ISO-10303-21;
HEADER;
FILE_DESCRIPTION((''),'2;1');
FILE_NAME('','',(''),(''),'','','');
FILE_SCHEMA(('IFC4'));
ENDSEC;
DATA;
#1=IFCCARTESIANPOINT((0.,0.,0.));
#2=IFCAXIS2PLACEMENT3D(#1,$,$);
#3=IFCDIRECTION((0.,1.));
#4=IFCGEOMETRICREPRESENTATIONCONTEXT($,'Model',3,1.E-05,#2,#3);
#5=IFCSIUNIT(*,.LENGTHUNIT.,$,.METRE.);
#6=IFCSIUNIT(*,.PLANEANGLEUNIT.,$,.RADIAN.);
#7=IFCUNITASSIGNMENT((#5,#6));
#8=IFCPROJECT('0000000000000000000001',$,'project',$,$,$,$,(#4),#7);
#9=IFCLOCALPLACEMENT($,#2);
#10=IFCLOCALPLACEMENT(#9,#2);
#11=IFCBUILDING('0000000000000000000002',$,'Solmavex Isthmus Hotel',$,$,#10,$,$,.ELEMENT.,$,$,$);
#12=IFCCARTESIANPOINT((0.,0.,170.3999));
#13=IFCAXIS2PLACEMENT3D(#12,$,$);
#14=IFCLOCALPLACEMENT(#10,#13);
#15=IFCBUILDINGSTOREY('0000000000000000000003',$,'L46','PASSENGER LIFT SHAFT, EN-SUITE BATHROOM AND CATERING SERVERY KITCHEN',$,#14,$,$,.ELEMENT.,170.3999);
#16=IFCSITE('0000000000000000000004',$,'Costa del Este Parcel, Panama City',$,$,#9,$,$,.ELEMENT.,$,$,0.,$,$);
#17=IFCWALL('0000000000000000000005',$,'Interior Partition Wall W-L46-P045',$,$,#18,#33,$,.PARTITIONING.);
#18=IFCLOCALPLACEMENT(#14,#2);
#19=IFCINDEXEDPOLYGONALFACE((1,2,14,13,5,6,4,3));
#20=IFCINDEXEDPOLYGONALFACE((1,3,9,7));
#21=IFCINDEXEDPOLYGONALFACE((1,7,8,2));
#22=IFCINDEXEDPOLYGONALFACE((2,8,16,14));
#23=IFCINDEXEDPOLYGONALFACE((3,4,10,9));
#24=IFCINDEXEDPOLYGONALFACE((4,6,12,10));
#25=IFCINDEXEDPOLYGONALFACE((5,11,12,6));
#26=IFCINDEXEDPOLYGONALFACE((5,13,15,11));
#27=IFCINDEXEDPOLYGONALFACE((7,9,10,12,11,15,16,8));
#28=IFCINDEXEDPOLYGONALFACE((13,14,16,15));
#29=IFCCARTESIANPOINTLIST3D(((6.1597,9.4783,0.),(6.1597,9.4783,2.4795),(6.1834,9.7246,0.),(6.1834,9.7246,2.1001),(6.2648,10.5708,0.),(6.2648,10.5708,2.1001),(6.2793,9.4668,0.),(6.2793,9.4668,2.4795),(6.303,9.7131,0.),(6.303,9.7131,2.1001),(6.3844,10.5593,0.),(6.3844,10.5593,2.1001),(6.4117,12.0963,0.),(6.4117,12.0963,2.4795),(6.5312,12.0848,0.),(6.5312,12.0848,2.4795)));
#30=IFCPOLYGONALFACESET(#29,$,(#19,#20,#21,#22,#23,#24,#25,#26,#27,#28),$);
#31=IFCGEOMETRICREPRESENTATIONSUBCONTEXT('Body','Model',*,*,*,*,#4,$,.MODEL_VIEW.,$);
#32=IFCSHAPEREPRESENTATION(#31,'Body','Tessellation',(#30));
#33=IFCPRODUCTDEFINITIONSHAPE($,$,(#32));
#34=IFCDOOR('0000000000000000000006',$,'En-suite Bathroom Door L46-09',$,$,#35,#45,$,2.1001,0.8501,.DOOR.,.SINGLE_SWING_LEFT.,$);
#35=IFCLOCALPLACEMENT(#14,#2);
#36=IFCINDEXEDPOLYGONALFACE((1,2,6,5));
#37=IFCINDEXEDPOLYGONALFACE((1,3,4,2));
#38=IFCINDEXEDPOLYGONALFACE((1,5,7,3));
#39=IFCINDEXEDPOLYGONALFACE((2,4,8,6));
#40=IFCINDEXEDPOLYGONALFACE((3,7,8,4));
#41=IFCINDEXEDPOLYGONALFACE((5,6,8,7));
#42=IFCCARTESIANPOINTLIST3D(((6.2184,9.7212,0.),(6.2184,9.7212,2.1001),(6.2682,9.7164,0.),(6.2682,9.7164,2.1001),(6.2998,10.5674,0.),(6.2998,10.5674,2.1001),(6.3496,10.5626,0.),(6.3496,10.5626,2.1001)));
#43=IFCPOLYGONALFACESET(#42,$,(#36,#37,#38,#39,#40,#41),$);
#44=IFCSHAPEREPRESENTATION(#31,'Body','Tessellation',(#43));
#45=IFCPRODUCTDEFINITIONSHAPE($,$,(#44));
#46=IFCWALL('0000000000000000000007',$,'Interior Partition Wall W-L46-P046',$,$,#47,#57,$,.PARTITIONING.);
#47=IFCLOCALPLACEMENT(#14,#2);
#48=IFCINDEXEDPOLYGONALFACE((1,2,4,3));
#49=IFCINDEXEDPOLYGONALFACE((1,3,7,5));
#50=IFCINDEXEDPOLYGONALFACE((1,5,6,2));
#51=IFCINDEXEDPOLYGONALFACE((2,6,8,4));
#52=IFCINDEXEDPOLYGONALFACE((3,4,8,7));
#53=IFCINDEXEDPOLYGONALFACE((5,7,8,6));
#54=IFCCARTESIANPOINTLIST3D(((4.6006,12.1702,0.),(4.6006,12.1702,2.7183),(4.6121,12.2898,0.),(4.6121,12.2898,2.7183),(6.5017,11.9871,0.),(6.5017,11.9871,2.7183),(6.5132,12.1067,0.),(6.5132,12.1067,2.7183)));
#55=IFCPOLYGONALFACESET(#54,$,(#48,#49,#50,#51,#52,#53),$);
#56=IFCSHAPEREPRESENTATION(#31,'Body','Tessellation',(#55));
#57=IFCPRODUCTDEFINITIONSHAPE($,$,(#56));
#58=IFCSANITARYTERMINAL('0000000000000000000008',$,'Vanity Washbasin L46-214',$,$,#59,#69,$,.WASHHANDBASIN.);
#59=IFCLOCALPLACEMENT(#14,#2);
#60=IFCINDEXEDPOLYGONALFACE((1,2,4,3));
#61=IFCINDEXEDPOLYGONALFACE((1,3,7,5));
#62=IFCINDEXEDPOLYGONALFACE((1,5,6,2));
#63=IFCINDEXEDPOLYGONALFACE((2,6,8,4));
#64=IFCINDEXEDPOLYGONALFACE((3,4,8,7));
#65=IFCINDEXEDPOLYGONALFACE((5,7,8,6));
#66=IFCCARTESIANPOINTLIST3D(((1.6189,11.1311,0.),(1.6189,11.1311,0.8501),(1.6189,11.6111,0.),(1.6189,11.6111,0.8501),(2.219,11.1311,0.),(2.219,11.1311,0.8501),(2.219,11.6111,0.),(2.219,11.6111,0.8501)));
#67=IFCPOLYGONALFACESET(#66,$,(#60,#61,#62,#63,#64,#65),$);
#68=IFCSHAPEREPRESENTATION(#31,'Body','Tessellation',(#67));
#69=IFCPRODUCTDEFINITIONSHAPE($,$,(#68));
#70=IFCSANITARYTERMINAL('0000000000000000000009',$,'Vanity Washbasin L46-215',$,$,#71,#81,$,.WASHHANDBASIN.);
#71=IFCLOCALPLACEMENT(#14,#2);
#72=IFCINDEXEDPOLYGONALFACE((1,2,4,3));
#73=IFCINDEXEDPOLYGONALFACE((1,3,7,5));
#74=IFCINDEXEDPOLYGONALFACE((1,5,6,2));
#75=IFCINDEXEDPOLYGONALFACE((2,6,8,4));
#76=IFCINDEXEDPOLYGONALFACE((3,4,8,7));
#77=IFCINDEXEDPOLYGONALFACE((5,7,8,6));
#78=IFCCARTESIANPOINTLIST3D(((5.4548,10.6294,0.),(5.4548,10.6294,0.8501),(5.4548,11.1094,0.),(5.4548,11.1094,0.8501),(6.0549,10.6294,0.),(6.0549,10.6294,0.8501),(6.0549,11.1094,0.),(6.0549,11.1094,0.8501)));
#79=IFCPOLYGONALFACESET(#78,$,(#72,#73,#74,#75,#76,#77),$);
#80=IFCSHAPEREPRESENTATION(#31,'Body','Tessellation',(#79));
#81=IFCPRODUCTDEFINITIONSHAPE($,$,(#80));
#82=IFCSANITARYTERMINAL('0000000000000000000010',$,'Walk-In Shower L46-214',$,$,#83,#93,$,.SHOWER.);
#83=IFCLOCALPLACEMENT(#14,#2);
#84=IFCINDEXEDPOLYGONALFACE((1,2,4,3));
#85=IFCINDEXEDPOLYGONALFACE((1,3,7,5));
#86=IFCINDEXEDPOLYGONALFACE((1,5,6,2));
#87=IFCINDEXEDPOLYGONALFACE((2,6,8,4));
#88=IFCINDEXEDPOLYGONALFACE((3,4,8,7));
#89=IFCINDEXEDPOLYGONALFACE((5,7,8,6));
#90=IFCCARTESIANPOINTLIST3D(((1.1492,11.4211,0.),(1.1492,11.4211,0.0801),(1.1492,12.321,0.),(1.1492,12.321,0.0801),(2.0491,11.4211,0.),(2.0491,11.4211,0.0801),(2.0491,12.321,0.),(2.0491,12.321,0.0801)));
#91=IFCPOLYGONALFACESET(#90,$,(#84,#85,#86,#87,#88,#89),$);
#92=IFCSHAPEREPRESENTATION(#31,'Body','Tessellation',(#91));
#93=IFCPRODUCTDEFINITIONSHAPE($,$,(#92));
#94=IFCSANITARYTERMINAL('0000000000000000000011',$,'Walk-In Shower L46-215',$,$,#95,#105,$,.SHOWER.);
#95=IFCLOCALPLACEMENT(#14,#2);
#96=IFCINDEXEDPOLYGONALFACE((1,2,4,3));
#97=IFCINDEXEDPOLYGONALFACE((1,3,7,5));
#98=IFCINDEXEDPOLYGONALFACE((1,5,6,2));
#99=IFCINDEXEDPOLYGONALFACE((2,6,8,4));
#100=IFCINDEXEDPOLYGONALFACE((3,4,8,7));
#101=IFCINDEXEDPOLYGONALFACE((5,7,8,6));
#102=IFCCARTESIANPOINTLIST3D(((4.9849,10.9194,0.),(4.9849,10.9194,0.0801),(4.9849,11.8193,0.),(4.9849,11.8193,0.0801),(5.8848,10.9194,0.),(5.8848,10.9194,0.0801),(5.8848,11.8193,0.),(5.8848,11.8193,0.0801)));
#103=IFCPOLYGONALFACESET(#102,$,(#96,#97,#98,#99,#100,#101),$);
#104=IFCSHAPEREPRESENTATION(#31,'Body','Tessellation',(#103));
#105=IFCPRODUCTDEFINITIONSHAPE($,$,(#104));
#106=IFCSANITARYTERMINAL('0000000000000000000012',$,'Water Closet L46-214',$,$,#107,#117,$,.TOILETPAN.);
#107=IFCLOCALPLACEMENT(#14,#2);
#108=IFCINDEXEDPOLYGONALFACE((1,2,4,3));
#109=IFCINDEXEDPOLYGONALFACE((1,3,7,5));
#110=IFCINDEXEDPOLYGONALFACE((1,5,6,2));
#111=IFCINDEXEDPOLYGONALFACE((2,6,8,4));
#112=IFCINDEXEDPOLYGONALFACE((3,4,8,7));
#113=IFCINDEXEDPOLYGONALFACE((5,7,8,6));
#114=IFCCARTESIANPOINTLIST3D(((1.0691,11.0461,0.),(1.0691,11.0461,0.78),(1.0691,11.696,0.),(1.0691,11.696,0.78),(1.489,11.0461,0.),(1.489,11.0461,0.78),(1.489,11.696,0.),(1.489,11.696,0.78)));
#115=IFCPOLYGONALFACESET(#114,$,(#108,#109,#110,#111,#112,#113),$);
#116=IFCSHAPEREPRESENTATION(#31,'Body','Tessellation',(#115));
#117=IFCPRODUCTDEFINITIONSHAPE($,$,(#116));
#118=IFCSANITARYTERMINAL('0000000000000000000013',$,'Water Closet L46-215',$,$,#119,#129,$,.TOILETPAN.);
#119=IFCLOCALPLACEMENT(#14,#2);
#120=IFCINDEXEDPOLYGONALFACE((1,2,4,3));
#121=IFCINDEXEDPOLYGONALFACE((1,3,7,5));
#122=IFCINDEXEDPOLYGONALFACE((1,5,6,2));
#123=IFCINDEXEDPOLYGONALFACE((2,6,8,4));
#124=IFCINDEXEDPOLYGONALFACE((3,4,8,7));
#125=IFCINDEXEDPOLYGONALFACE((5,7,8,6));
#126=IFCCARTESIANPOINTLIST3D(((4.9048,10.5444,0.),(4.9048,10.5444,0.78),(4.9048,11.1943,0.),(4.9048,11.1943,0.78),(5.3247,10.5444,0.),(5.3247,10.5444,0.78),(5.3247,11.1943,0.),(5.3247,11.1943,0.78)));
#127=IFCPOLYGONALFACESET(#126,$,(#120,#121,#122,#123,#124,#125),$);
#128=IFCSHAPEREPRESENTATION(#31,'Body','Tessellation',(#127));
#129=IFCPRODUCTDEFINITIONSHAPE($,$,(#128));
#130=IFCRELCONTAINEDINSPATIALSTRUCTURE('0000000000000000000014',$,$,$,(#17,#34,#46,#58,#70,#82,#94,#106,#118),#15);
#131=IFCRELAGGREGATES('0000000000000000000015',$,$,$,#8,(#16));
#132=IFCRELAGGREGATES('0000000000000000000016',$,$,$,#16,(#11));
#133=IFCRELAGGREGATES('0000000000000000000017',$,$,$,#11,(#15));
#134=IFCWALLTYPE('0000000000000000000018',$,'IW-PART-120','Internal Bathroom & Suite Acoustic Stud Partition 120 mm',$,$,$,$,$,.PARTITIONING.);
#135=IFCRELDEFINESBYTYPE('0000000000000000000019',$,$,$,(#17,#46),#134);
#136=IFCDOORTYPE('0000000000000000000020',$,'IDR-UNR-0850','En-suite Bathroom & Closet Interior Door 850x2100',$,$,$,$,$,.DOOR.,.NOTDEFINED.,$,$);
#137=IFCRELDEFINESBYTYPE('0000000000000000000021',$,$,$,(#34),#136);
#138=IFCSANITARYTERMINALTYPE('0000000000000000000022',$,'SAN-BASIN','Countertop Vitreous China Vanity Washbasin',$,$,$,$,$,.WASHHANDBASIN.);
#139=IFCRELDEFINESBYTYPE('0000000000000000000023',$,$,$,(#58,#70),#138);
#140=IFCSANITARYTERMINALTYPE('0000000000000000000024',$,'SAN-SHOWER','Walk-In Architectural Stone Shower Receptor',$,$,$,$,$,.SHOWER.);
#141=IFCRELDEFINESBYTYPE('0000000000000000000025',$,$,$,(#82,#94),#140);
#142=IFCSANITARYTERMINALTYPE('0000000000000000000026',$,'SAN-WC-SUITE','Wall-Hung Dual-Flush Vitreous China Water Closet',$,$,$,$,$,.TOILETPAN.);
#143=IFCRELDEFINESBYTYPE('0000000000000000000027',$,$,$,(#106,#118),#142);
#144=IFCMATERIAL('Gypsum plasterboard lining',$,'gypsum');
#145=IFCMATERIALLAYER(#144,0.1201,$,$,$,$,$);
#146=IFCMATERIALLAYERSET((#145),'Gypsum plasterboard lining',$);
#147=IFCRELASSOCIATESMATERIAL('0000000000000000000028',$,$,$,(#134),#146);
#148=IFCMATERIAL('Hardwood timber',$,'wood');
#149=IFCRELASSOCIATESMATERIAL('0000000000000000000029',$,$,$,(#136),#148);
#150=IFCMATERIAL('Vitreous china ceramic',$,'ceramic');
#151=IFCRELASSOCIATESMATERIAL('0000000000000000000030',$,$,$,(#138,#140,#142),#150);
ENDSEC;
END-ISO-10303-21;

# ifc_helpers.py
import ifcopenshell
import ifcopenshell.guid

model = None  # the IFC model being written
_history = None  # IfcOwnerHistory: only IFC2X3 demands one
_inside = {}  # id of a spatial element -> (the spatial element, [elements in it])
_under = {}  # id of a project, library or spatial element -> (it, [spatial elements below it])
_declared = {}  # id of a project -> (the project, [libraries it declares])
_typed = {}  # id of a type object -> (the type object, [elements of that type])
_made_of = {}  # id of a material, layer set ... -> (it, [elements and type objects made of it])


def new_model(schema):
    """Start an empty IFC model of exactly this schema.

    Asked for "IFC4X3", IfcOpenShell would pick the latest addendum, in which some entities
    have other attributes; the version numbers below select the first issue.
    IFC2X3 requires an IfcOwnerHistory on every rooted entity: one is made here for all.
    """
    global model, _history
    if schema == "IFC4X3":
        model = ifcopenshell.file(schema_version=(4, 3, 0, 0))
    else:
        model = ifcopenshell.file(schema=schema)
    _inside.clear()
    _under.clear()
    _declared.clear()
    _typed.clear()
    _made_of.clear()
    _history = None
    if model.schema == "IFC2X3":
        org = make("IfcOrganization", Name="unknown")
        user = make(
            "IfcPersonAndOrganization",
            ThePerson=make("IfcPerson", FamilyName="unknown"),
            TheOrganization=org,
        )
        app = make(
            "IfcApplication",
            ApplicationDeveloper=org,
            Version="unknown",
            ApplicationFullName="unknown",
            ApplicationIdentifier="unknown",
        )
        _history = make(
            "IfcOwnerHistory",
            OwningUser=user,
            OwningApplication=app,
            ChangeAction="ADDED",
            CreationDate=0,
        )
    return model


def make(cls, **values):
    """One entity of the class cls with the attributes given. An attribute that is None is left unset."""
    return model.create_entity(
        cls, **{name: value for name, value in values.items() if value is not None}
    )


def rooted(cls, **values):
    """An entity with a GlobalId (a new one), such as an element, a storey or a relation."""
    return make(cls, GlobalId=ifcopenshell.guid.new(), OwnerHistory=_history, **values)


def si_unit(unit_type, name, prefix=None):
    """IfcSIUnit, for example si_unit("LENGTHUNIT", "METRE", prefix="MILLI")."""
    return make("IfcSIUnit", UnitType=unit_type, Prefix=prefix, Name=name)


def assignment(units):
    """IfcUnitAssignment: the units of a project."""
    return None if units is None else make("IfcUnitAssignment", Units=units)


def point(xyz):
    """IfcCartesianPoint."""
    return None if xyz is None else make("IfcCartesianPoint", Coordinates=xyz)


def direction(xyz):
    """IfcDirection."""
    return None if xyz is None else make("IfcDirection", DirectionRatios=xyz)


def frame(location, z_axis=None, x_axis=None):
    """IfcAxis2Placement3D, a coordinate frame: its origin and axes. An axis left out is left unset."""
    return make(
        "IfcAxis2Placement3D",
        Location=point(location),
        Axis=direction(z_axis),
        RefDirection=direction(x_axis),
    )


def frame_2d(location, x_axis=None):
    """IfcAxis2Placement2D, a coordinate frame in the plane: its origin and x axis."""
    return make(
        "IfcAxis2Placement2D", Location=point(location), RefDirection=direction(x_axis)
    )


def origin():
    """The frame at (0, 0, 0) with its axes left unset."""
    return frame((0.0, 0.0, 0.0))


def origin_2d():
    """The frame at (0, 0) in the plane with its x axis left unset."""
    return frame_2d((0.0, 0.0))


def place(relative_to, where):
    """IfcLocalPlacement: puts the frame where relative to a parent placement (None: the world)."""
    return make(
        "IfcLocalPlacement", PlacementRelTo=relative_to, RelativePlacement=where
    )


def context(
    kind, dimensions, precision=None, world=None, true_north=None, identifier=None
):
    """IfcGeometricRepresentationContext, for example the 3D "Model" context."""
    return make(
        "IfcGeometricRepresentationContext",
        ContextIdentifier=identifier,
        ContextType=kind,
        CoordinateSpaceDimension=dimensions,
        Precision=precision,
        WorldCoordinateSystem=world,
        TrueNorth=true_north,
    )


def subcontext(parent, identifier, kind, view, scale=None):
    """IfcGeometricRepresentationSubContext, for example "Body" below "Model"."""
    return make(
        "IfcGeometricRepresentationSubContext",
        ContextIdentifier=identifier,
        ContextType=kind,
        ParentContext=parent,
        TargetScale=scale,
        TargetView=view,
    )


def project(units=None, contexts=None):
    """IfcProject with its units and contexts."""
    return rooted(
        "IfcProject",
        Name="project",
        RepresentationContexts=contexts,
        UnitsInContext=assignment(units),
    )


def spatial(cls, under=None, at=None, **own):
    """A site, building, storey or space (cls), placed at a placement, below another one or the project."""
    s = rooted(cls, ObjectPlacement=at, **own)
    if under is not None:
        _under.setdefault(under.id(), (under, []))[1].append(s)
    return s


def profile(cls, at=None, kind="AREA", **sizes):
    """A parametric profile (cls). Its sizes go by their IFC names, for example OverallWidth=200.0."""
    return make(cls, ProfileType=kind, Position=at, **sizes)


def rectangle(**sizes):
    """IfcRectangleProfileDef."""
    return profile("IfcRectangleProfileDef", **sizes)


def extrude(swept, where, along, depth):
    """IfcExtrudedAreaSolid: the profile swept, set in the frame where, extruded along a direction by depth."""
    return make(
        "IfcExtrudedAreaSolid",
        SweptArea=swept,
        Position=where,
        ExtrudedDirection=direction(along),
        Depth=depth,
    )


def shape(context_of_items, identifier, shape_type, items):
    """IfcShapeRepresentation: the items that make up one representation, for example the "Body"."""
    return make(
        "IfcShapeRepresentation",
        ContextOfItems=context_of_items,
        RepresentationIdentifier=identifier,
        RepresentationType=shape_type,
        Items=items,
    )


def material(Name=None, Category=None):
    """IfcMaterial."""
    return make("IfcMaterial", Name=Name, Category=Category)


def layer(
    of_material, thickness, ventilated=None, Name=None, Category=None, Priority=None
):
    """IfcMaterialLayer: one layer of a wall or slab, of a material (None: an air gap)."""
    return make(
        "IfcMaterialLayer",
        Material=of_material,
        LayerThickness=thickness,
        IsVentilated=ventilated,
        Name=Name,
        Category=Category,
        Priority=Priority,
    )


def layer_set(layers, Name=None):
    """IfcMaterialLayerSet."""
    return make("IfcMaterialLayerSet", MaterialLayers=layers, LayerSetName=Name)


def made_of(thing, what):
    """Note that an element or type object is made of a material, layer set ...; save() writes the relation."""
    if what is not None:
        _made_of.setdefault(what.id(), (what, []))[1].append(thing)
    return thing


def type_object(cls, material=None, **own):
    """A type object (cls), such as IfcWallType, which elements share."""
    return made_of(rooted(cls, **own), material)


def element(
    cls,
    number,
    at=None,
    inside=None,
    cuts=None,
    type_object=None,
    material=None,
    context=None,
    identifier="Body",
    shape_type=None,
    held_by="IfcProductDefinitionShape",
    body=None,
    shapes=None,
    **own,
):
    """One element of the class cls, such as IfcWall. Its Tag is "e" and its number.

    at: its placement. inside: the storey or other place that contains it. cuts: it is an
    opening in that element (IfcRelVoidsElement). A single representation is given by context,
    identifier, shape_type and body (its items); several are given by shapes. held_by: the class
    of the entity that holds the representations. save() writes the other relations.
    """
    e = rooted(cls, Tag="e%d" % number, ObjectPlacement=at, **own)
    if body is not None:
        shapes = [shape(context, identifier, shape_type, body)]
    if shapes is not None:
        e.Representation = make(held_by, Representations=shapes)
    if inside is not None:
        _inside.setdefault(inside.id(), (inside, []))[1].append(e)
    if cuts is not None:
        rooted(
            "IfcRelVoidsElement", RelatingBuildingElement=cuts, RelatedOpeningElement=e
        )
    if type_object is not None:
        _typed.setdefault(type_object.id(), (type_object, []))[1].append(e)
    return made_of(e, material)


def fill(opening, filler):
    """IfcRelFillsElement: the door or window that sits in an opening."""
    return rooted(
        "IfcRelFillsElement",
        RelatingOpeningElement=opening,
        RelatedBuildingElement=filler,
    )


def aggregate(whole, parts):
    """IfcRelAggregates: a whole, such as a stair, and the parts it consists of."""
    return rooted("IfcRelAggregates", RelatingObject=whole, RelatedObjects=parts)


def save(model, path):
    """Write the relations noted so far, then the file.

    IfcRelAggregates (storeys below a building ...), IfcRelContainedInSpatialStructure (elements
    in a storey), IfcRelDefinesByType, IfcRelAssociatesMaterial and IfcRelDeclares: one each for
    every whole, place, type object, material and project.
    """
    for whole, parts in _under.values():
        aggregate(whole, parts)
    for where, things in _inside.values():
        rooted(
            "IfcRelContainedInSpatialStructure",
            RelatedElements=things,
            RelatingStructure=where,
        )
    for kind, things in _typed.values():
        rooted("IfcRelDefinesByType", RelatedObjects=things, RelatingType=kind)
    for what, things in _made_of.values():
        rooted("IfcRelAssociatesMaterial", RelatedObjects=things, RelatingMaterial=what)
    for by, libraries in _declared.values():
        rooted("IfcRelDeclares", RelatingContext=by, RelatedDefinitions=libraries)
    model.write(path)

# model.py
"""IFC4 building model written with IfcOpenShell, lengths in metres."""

from ifc_helpers import new_model, si_unit, direction, frame, frame_2d, origin, origin_2d, place, context, subcontext, project, spatial, rectangle, extrude, material, layer, layer_set, type_object, element, fill, save


model = new_model("IFC4")

# Units and contexts
model_context = context("Model", 3, precision=1e-05, world=origin(), true_north=direction((0.0, 1.0)))
body_context = subcontext(model_context, "Body", "Model", "MODEL_VIEW")
ifc_project = project(units=[si_unit("LENGTHUNIT", "METRE"), si_unit("PLANEANGLEUNIT", "RADIAN")], contexts=[model_context])

# Site, building, storey
site_placement = place(None, origin())
site = spatial("IfcSite", under=ifc_project, at=site_placement, Name="Costa del Este Parcel, Panama City", CompositionType="ELEMENT", RefElevation=0.0)
building_placement = place(site_placement, origin())
building = spatial("IfcBuilding", under=site, at=building_placement, Name="Solmavex Isthmus Hotel", CompositionType="ELEMENT")
storey_placement = place(building_placement, frame((0.0, 0.0, 170.3999)))
storey = spatial("IfcBuildingStorey", under=building, at=storey_placement, Name="L46", Description="PASSENGER LIFT SHAFT, EN-SUITE BATHROOM AND CATERING SERVERY KITCHEN", CompositionType="ELEMENT", Elevation=170.3999)

# Shared definitions
ifc_material_1 = material(Name="Gypsum plasterboard lining", Category="gypsum")

# Shared definitions
ifc_material_2 = material(Name="Hardwood timber", Category="wood")

# Shared definitions
ifc_layer_1 = layer(ifc_material_1, 0.1201)
ifc_layer_set_1 = layer_set([ifc_layer_1], Name="Gypsum plasterboard lining")
wall_type_1 = type_object("IfcWallType", Name="IW-PART-120", Description="Internal Bathroom & Suite Acoustic Stud Partition 120 mm", PredefinedType="PARTITIONING", material=ifc_layer_set_1)

# Shared definitions
door_type_1 = type_object("IfcDoorType", Name="IDR-UNR-0850", Description="En-suite Bathroom & Closet Interior Door 850x2100", OperationType="NOTDEFINED", PredefinedType="DOOR", material=ifc_material_2)

# Wall, opening, door
wall_1_placement = place(storey_placement, frame((6.2195, 9.4727, 0.0), z_axis=(0.0, 0.0, 1.0), x_axis=(0.095799, 0.995401, 0.0)))
wall_1 = element("IfcWall", 1, at=wall_1_placement, inside=storey, type_object=wall_type_1, Name="Interior Partition Wall W-L46-P045", PredefinedType="PARTITIONING", context=body_context, shape_type="SweptSolid", body=[
    extrude(rectangle(XDim=2.6301, YDim=0.1201, at=frame_2d((1.3149, 0.0))), origin(), (0.0, 0.0, 1.0), 2.4795),
])
opening_1_placement = place(wall_1_placement, frame((0.2473, 0.0, 0.0)))
opening_1 = element("IfcOpeningElement", 2, at=opening_1_placement, cuts=wall_1, PredefinedType="OPENING", context=body_context, shape_type="SweptSolid", body=[
    extrude(rectangle(XDim=0.8501, YDim=2.1001, at=frame_2d((0.425, 1.05))), frame((0.0, 0.0701, 0.0), z_axis=(0.0, -1.0, 0.0), x_axis=(1.0, 0.0, 0.0)), (0.0, 0.0, 1.0), 0.1401),
])
door_1_placement = place(opening_1_placement, origin())
door_1 = element("IfcDoor", 3, at=door_1_placement, inside=storey, type_object=door_type_1, Name="En-suite Bathroom Door L46-09", OperationType="SINGLE_SWING_LEFT", OverallHeight=2.1001, OverallWidth=0.8501, PredefinedType="DOOR", context=body_context, shape_type="SweptSolid", body=[
    extrude(rectangle(XDim=0.8501, YDim=2.1001, at=frame_2d((0.425, 1.05))), frame((0.0, 0.0249, 0.0), z_axis=(0.0, -1.0, 0.0), x_axis=(1.0, 0.0, 0.0)), (0.0, 0.0, 1.0), 0.05),
])
fill(opening_1, door_1)

# Wall
wall_2_placement = place(storey_placement, frame((6.5076, 12.0469, 0.0), z_axis=(0.0, 0.0, 1.0), x_axis=(-0.995394, 0.095871, 0.0)))
element("IfcWall", 4, at=wall_2_placement, inside=storey, type_object=wall_type_1, Name="Interior Partition Wall W-L46-P046", PredefinedType="PARTITIONING", context=body_context, shape_type="SweptSolid", body=[
    extrude(rectangle(XDim=1.9099, YDim=0.1201, at=frame_2d((0.9551, 0.0))), origin(), (0.0, 0.0, 1.0), 2.7183),
])

# Sanitary terminals
ifc_material_3 = material(Name="Vitreous china ceramic", Category="ceramic")
sanitary_terminal_type_1 = type_object("IfcSanitaryTerminalType", Name="SAN-BASIN", Description="Countertop Vitreous China Vanity Washbasin", PredefinedType="WASHHANDBASIN", material=ifc_material_3)
for number, where, z_axis, x_axis, name in (
    (5, (1.9189, 11.3711, 0.0), (0.0, 0.0, 1.0), (1.0, 0.0, 0.0), "Vanity Washbasin L46-214"),
    (6, (5.7549, 10.8694, 0.0), (0.0, 0.0, 1.0), (1.0, 0.0, 0.0), "Vanity Washbasin L46-215"),
):
    element("IfcSanitaryTerminal", number, at=place(storey_placement, frame(where, z_axis=z_axis, x_axis=x_axis)), inside=storey, type_object=sanitary_terminal_type_1, Name=name, PredefinedType="WASHHANDBASIN", context=body_context, shape_type="SweptSolid", body=[
        extrude(rectangle(XDim=0.6001, YDim=0.48, at=origin_2d()), origin(), (0.0, 0.0, 1.0), 0.8501),
    ])
sanitary_terminal_type_2 = type_object("IfcSanitaryTerminalType", Name="SAN-SHOWER", Description="Walk-In Architectural Stone Shower Receptor", PredefinedType="SHOWER", material=ifc_material_3)
for number, where, z_axis, x_axis, name in (
    (7, (1.5991, 11.8711, 0.0), (0.0, 0.0, 1.0), (1.0, 0.0, 0.0), "Walk-In Shower L46-214"),
    (8, (5.4348, 11.3694, 0.0), (0.0, 0.0, 1.0), (1.0, 0.0, 0.0), "Walk-In Shower L46-215"),
):
    element("IfcSanitaryTerminal", number, at=place(storey_placement, frame(where, z_axis=z_axis, x_axis=x_axis)), inside=storey, type_object=sanitary_terminal_type_2, Name=name, PredefinedType="SHOWER", context=body_context, shape_type="SweptSolid", body=[
        extrude(rectangle(XDim=0.8999, YDim=0.8999, at=origin_2d()), origin(), (0.0, 0.0, 1.0), 0.0801),
    ])
sanitary_terminal_type_3 = type_object("IfcSanitaryTerminalType", Name="SAN-WC-SUITE", Description="Wall-Hung Dual-Flush Vitreous China Water Closet", PredefinedType="TOILETPAN", material=ifc_material_3)
for number, where, z_axis, x_axis, name in (
    (9, (1.2791, 11.3711, 0.0), (0.0, 0.0, 1.0), (1.0, 0.0, 0.0), "Water Closet L46-214"),
    (10, (5.1147, 10.8694, 0.0), (0.0, 0.0, 1.0), (1.0, 0.0, 0.0), "Water Closet L46-215"),
):
    element("IfcSanitaryTerminal", number, at=place(storey_placement, frame(where, z_axis=z_axis, x_axis=x_axis)), inside=storey, type_object=sanitary_terminal_type_3, Name=name, PredefinedType="TOILETPAN", context=body_context, shape_type="SweptSolid", body=[
        extrude(rectangle(XDim=0.4199, YDim=0.6499, at=origin_2d()), origin(), (0.0, 0.0, 1.0), 0.78),
    ])

save(model, "model.ifc")
